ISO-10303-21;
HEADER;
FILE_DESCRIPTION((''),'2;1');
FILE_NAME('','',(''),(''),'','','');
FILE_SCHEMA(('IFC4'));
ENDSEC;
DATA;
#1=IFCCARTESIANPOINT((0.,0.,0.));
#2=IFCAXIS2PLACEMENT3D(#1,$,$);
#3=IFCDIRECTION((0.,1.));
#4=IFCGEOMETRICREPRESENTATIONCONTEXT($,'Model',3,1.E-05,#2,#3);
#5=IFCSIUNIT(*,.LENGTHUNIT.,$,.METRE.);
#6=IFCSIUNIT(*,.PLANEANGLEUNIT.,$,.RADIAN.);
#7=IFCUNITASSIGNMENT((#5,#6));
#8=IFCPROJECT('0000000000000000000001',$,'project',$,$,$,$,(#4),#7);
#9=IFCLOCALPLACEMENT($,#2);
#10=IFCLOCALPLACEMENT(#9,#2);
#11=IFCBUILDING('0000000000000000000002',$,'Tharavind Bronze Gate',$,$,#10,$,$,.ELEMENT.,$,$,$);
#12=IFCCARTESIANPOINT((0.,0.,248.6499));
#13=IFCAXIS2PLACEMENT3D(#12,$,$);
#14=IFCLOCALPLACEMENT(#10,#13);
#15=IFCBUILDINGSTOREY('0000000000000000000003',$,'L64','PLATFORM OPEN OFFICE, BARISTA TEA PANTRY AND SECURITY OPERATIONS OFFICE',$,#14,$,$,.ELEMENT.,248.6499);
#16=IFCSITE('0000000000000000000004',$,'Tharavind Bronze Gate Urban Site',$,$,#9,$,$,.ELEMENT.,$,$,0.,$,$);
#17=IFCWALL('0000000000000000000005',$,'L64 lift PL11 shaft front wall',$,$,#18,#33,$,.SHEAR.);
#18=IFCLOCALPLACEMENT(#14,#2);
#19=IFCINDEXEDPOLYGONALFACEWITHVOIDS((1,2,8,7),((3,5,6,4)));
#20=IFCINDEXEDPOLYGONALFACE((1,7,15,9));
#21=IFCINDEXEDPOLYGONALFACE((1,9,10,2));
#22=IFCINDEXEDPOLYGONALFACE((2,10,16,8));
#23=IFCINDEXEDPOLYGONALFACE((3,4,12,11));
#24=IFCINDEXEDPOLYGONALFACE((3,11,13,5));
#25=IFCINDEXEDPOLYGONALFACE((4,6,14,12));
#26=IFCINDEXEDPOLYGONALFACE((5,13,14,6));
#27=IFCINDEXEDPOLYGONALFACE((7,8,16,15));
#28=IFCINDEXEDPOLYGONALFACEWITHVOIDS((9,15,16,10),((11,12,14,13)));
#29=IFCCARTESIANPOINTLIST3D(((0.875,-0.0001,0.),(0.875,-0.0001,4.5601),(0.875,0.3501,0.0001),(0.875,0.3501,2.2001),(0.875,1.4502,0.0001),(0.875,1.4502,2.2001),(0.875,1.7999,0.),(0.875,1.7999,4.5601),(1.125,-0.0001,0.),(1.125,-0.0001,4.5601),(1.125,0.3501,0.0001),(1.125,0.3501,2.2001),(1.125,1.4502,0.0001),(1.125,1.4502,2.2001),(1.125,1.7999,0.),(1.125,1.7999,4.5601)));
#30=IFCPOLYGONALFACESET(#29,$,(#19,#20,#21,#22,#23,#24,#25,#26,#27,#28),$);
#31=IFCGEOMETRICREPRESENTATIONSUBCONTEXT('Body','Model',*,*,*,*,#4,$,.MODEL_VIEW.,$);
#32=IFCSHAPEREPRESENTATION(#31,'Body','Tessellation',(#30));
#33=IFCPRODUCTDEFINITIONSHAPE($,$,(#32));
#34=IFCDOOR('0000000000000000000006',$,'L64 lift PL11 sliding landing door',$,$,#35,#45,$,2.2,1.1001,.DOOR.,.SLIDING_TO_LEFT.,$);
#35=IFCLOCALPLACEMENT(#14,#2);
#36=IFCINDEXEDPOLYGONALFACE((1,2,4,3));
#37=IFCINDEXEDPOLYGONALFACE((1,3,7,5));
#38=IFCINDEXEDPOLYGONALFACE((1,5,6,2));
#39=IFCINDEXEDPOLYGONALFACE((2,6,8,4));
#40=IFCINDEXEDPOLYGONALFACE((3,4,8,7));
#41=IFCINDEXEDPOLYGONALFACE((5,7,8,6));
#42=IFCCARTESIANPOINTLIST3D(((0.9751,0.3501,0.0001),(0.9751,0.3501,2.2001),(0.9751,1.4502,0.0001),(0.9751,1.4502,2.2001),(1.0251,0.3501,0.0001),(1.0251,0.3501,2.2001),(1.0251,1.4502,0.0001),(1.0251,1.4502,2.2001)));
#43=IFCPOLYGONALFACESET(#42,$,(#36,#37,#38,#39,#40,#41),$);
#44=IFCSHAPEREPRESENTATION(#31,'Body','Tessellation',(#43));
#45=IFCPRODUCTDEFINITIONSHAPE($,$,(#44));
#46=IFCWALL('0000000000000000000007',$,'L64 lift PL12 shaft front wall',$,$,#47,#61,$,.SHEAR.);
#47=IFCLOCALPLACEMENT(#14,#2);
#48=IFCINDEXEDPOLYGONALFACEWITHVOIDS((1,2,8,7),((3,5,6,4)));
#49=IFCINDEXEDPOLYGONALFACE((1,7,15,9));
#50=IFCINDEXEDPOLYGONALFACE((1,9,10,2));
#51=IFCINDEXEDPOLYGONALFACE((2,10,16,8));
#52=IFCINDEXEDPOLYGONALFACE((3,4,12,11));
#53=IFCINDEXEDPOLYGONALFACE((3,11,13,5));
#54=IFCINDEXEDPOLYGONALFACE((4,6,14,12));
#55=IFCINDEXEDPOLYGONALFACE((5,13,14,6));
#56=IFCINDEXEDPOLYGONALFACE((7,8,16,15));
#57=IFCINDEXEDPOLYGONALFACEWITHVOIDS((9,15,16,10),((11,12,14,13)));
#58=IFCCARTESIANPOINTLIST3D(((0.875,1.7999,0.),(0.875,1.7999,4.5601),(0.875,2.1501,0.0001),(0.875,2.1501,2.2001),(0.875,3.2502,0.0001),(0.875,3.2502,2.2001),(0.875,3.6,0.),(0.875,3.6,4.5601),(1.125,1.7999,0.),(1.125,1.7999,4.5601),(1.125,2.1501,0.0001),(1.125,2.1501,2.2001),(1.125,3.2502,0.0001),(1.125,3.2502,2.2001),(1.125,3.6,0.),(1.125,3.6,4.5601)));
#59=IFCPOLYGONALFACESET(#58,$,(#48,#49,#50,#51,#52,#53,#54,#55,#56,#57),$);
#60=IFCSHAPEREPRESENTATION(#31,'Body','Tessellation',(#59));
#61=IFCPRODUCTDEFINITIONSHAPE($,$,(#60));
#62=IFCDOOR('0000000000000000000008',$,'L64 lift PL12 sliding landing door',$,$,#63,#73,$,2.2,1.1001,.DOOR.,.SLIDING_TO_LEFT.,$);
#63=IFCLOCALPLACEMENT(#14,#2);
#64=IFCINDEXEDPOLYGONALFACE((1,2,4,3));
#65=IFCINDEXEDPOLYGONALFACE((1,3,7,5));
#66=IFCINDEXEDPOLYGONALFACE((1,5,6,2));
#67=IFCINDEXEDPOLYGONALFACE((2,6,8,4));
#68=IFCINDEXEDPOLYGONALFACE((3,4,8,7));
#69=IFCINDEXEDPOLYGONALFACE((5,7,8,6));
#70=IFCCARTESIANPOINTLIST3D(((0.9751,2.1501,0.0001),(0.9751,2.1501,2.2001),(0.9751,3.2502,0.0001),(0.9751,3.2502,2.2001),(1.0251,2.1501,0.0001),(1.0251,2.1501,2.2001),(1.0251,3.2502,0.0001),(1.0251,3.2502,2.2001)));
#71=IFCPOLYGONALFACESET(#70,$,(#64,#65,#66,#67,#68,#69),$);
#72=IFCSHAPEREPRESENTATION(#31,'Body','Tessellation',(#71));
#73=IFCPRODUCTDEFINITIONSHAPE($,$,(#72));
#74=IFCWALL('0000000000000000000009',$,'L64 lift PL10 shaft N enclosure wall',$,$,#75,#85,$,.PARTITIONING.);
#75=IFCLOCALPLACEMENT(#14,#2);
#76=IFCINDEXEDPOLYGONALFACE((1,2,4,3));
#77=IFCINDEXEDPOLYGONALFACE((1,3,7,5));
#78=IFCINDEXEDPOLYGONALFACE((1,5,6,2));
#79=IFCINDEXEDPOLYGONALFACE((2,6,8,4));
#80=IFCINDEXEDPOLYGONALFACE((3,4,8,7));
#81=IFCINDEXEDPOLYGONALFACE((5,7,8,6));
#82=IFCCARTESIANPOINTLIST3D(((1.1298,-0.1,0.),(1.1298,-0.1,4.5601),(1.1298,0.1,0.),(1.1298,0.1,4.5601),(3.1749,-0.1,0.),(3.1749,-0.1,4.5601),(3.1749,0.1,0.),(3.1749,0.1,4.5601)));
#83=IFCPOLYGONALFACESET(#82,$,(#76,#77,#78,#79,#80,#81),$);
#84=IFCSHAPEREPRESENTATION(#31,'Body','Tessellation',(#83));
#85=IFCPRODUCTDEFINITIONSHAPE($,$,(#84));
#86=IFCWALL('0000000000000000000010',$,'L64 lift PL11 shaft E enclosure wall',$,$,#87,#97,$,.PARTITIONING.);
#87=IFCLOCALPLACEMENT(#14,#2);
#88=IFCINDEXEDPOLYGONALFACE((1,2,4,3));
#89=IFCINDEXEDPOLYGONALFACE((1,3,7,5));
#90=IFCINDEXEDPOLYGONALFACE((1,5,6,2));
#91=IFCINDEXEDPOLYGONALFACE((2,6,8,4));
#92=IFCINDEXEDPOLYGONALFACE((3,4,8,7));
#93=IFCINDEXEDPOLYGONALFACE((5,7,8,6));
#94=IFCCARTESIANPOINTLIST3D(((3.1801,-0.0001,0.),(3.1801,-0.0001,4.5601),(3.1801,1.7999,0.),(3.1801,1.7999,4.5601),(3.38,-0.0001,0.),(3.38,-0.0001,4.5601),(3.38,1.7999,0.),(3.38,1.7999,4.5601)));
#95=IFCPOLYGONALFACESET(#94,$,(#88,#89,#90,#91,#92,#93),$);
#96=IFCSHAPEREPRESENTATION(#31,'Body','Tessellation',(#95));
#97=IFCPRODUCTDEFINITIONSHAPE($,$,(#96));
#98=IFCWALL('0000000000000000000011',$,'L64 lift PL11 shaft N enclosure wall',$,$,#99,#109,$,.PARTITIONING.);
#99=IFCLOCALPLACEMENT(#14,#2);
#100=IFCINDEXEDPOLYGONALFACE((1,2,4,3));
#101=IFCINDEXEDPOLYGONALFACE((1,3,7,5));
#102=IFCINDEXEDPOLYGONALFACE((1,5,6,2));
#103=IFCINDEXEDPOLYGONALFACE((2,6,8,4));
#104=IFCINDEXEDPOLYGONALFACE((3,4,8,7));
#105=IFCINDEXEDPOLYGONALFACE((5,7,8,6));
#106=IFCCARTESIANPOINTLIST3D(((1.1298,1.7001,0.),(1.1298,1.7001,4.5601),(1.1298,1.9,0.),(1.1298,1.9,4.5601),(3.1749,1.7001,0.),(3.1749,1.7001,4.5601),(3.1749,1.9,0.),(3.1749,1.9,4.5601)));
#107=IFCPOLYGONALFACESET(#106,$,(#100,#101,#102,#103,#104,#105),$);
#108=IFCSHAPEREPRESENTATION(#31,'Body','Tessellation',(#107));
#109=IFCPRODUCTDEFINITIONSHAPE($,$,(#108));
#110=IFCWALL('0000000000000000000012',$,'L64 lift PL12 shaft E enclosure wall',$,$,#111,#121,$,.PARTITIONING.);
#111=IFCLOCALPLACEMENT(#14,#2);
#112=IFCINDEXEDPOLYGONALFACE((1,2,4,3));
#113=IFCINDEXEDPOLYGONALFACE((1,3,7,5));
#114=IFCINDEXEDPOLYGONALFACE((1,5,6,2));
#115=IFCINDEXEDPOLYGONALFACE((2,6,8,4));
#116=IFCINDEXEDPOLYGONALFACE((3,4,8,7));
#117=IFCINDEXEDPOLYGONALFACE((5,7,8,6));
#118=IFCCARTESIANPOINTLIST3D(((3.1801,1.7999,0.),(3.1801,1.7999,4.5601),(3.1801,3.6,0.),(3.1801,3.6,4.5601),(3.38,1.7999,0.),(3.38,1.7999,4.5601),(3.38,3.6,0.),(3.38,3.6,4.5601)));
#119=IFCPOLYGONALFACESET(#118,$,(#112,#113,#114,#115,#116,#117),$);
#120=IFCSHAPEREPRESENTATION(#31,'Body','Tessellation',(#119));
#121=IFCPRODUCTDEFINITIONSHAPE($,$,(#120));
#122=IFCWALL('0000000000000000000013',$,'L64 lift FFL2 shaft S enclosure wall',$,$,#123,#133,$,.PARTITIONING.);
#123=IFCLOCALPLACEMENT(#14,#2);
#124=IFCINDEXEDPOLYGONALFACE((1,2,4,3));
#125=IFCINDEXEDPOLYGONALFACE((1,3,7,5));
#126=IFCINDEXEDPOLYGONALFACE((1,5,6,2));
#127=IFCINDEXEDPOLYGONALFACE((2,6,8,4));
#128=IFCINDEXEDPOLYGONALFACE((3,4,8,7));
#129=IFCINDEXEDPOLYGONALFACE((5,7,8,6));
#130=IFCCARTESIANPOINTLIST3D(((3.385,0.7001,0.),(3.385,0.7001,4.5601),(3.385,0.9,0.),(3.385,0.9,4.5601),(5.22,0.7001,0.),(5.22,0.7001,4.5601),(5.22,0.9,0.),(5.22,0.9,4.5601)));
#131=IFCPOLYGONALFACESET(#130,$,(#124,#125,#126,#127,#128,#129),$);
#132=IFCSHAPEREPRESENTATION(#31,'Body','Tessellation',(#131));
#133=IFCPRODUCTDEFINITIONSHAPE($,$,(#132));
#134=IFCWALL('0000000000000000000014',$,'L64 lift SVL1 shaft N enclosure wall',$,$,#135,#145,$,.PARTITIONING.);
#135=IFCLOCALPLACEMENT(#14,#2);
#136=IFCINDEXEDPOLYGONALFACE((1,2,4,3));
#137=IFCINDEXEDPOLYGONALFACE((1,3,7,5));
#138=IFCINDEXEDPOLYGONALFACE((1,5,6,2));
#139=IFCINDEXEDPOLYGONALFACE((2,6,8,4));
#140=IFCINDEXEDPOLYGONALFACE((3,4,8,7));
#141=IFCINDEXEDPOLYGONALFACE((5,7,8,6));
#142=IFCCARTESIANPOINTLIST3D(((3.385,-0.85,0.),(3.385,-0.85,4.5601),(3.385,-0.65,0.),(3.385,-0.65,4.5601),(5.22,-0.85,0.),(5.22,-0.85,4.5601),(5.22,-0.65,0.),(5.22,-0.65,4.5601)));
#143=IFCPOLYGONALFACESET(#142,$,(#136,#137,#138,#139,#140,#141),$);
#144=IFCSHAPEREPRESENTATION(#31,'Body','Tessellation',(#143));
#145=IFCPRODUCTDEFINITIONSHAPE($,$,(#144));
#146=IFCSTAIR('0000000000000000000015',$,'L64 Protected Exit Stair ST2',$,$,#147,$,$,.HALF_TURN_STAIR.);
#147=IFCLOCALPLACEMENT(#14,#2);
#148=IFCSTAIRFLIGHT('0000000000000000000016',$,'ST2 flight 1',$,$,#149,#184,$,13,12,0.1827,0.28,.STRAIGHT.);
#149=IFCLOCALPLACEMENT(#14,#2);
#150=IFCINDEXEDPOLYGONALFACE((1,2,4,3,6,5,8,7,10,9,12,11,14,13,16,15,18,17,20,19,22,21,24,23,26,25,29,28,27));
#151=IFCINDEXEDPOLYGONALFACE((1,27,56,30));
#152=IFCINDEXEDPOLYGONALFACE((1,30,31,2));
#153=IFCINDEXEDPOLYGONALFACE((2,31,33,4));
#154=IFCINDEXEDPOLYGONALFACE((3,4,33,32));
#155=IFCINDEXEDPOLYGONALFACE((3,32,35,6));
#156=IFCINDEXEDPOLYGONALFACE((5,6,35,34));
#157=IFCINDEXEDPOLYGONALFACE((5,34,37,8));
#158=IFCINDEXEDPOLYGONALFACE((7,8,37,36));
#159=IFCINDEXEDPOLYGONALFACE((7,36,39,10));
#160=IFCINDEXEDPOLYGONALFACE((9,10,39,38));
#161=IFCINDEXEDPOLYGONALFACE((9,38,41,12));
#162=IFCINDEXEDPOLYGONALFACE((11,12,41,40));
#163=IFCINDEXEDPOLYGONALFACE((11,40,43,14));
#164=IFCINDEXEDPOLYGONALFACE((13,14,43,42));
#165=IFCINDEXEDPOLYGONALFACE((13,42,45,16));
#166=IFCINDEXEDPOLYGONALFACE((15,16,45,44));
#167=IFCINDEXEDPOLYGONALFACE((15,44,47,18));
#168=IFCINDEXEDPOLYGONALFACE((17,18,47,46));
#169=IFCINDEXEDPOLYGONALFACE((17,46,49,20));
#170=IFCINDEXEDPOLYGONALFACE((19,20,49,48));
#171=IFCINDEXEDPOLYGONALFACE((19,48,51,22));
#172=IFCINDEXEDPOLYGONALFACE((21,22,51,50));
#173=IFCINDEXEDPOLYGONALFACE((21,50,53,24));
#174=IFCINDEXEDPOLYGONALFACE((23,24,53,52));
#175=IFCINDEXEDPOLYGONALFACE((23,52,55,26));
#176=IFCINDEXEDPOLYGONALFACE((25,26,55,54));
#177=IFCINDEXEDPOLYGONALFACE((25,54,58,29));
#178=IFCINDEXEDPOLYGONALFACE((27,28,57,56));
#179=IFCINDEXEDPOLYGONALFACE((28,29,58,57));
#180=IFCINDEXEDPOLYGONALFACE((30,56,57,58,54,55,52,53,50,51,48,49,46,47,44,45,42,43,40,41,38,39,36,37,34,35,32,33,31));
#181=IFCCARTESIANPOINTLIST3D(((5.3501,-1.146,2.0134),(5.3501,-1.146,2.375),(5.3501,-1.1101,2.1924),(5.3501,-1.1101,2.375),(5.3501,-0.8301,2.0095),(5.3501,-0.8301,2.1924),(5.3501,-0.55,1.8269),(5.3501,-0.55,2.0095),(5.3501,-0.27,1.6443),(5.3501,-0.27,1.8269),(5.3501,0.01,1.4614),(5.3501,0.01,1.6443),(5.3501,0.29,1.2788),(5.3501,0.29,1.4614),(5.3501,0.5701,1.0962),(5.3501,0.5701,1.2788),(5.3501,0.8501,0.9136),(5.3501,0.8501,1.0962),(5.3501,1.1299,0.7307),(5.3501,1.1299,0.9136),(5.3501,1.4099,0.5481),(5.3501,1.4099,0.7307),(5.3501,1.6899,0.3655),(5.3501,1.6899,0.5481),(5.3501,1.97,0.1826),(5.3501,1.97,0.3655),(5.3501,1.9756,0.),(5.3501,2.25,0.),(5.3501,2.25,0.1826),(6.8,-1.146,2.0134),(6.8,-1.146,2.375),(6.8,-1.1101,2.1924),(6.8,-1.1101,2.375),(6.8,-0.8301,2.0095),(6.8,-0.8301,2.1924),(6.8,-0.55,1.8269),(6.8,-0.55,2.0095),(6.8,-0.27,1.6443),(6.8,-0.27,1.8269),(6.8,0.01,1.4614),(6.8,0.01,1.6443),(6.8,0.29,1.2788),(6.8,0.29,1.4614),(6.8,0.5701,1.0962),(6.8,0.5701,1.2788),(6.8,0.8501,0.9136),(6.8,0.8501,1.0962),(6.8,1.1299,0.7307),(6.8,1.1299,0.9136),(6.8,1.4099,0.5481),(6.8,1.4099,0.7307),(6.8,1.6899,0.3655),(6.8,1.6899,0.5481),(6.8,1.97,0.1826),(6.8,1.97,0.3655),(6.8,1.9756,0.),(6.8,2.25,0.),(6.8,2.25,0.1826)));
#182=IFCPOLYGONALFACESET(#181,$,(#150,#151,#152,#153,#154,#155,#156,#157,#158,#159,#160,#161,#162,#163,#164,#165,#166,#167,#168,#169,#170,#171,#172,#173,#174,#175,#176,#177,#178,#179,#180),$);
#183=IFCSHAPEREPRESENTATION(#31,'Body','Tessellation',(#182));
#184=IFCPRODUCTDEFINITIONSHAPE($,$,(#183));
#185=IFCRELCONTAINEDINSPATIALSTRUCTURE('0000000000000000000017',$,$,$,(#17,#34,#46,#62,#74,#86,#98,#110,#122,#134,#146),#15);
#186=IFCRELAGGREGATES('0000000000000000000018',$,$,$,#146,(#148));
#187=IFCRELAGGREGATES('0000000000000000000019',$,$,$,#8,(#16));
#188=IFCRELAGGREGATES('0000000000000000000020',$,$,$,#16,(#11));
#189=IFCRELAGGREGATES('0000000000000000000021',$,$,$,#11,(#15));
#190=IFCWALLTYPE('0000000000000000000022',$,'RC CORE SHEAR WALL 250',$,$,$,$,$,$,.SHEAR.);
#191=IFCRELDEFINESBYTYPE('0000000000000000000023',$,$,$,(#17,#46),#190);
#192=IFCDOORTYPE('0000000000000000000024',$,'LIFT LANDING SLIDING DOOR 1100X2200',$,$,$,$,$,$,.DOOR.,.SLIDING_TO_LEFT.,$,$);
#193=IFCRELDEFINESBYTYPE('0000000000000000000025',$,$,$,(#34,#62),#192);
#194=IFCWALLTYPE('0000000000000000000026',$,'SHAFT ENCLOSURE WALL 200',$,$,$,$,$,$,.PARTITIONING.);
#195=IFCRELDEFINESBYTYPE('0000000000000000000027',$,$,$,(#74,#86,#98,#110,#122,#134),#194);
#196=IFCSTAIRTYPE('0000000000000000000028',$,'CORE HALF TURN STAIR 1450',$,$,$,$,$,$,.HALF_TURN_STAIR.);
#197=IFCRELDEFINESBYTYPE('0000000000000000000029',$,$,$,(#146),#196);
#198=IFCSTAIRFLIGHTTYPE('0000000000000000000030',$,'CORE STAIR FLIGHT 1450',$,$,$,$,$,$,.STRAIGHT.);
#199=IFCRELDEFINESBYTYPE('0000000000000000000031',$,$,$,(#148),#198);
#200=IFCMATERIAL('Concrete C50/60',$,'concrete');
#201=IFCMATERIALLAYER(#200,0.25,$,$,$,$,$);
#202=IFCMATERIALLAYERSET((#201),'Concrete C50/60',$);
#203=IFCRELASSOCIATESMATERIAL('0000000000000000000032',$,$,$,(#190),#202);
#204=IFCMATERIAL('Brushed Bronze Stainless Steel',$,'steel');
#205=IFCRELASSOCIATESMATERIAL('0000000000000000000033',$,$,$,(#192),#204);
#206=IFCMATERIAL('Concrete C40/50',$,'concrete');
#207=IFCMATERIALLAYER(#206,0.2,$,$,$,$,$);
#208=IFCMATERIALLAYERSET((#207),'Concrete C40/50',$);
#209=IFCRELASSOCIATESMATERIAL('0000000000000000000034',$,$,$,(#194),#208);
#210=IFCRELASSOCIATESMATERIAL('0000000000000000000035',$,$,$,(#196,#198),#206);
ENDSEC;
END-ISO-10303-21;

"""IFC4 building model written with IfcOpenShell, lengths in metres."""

from ifc_helpers import new_model, si_unit, direction, frame, frame_2d, origin, place, context, subcontext, project, spatial, polyline, rectangle, outline, extrude, material, layer, layer_set, type_object, element, fill, aggregate, save


model = new_model("IFC4")

# Units and contexts
model_context = context("Model", 3, precision=1e-05, world=origin(), true_north=direction((0.0, 1.0)))
body_context = subcontext(model_context, "Body", "Model", "MODEL_VIEW")
ifc_project = project(units=[si_unit("LENGTHUNIT", "METRE"), si_unit("PLANEANGLEUNIT", "RADIAN")], contexts=[model_context])

# Site, building, storey
site_placement = place(None, origin())
site = spatial("IfcSite", under=ifc_project, at=site_placement, Name="Tharavind Bronze Gate Urban Site", CompositionType="ELEMENT", RefElevation=0.0)
building_placement = place(site_placement, origin())
building = spatial("IfcBuilding", under=site, at=building_placement, Name="Tharavind Bronze Gate", CompositionType="ELEMENT")
storey_placement = place(building_placement, frame((0.0, 0.0, 248.6499)))
storey = spatial("IfcBuildingStorey", under=building, at=storey_placement, Name="L64", Description="PLATFORM OPEN OFFICE, BARISTA TEA PANTRY AND SECURITY OPERATIONS OFFICE", CompositionType="ELEMENT", Elevation=248.6499)

# Walls, openings, doors
ifc_material_1 = material(Name="Concrete C50/60", Category="concrete")
ifc_layer_1 = layer(ifc_material_1, 0.25)
ifc_layer_set_1 = layer_set([ifc_layer_1], Name="Concrete C50/60")
wall_type_1 = type_object("IfcWallType", Name="RC CORE SHEAR WALL 250", PredefinedType="SHEAR", material=ifc_layer_set_1)
wall_1_placement = place(storey_placement, frame((1.0, 0.0, 0.0), z_axis=(0.0, 0.0, 1.0), x_axis=(0.0, 1.0, 0.0)))
wall_1 = element("IfcWall", 1, at=wall_1_placement, inside=storey, type_object=wall_type_1, Name="L64 lift PL11 shaft front wall", PredefinedType="SHEAR", context=body_context, shape_type="SweptSolid", body=[
    extrude(rectangle(XDim=1.8, YDim=0.25, at=frame_2d((0.8999, 0.0))), origin(), (0.0, 0.0, 1.0), 4.5601),
])
opening_1_placement = place(wall_1_placement, frame((0.3501, 0.0, 0.0)))
opening_1 = element("IfcOpeningElement", 2, at=opening_1_placement, cuts=wall_1, PredefinedType="OPENING", context=body_context, shape_type="SweptSolid", body=[
    extrude(rectangle(XDim=1.1001, YDim=2.2, at=frame_2d((0.55, 1.1001))), frame((0.0, 0.135, 0.0), z_axis=(0.0, -1.0, 0.0), x_axis=(1.0, 0.0, 0.0)), (0.0, 0.0, 1.0), 0.27),
])
ifc_material_2 = material(Name="Brushed Bronze Stainless Steel", Category="steel")
door_type = type_object("IfcDoorType", Name="LIFT LANDING SLIDING DOOR 1100X2200", OperationType="SLIDING_TO_LEFT", PredefinedType="DOOR", material=ifc_material_2)
door_1_placement = place(opening_1_placement, origin())
door_1 = element("IfcDoor", 3, at=door_1_placement, inside=storey, type_object=door_type, Name="L64 lift PL11 sliding landing door", OperationType="SLIDING_TO_LEFT", OverallHeight=2.2, OverallWidth=1.1001, PredefinedType="DOOR", context=body_context, shape_type="SweptSolid", body=[
    extrude(rectangle(XDim=1.1001, YDim=2.2, at=frame_2d((0.55, 1.1001))), frame((0.0, 0.0249, 0.0), z_axis=(0.0, -1.0, 0.0), x_axis=(1.0, 0.0, 0.0)), (0.0, 0.0, 1.0), 0.05),
])
fill(opening_1, door_1)
wall_2_placement = place(storey_placement, frame((1.0, 1.8, 0.0), z_axis=(0.0, 0.0, 1.0), x_axis=(0.0, 1.0, 0.0)))
wall_2 = element("IfcWall", 4, at=wall_2_placement, inside=storey, type_object=wall_type_1, Name="L64 lift PL12 shaft front wall", PredefinedType="SHEAR", context=body_context, shape_type="SweptSolid", body=[
    extrude(rectangle(XDim=1.8, YDim=0.25, at=frame_2d((0.8999, 0.0))), origin(), (0.0, 0.0, 1.0), 4.5601),
])
opening_2_placement = place(wall_2_placement, frame((0.3501, 0.0, 0.0)))
opening_2 = element("IfcOpeningElement", 5, at=opening_2_placement, cuts=wall_2, PredefinedType="OPENING", context=body_context, shape_type="SweptSolid", body=[
    extrude(rectangle(XDim=1.1001, YDim=2.2, at=frame_2d((0.55, 1.1001))), frame((0.0, 0.135, 0.0), z_axis=(0.0, -1.0, 0.0), x_axis=(1.0, 0.0, 0.0)), (0.0, 0.0, 1.0), 0.27),
])
door_2_placement = place(opening_2_placement, origin())
door_2 = element("IfcDoor", 6, at=door_2_placement, inside=storey, type_object=door_type, Name="L64 lift PL12 sliding landing door", OperationType="SLIDING_TO_LEFT", OverallHeight=2.2, OverallWidth=1.1001, PredefinedType="DOOR", context=body_context, shape_type="SweptSolid", body=[
    extrude(rectangle(XDim=1.1001, YDim=2.2, at=frame_2d((0.55, 1.1001))), frame((0.0, 0.0249, 0.0), z_axis=(0.0, -1.0, 0.0), x_axis=(1.0, 0.0, 0.0)), (0.0, 0.0, 1.0), 0.05),
])
fill(opening_2, door_2)

# Walls
ifc_material_3 = material(Name="Concrete C40/50", Category="concrete")
ifc_layer_2 = layer(ifc_material_3, 0.2)
ifc_layer_set_2 = layer_set([ifc_layer_2], Name="Concrete C40/50")
wall_type_2 = type_object("IfcWallType", Name="SHAFT ENCLOSURE WALL 200", PredefinedType="PARTITIONING", material=ifc_layer_set_2)
wall_3_placement = place(storey_placement, frame((1.1299, 0.0, 0.0), z_axis=(0.0, 0.0, 1.0), x_axis=(1.0, 0.0, 0.0)))
element("IfcWall", 7, at=wall_3_placement, inside=storey, type_object=wall_type_2, Name="L64 lift PL10 shaft N enclosure wall", PredefinedType="PARTITIONING", context=body_context, shape_type="SweptSolid", body=[
    extrude(rectangle(XDim=2.0452, YDim=0.2, at=frame_2d((1.0225, 0.0))), origin(), (0.0, 0.0, 1.0), 4.5601),
])
wall_4_placement = place(storey_placement, frame((3.28, 0.0, 0.0), z_axis=(0.0, 0.0, 1.0), x_axis=(0.0, 1.0, 0.0)))
element("IfcWall", 8, at=wall_4_placement, inside=storey, type_object=wall_type_2, Name="L64 lift PL11 shaft E enclosure wall", PredefinedType="PARTITIONING", context=body_context, shape_type="SweptSolid", body=[
    extrude(rectangle(XDim=1.8, YDim=0.2, at=frame_2d((0.8999, 0.0))), origin(), (0.0, 0.0, 1.0), 4.5601),
])
wall_5_placement = place(storey_placement, frame((1.1299, 1.8, 0.0), z_axis=(0.0, 0.0, 1.0), x_axis=(1.0, 0.0, 0.0)))
element("IfcWall", 9, at=wall_5_placement, inside=storey, type_object=wall_type_2, Name="L64 lift PL11 shaft N enclosure wall", PredefinedType="PARTITIONING", context=body_context, shape_type="SweptSolid", body=[
    extrude(rectangle(XDim=2.0452, YDim=0.2, at=frame_2d((1.0225, 0.0))), origin(), (0.0, 0.0, 1.0), 4.5601),
])
wall_6_placement = place(storey_placement, frame((3.28, 1.8, 0.0), z_axis=(0.0, 0.0, 1.0), x_axis=(0.0, 1.0, 0.0)))
element("IfcWall", 10, at=wall_6_placement, inside=storey, type_object=wall_type_2, Name="L64 lift PL12 shaft E enclosure wall", PredefinedType="PARTITIONING", context=body_context, shape_type="SweptSolid", body=[
    extrude(rectangle(XDim=1.8, YDim=0.2, at=frame_2d((0.8999, 0.0))), origin(), (0.0, 0.0, 1.0), 4.5601),
])
for number, where, z_axis, x_axis, name in (
    (11, (3.385, 0.8, 0.0), (0.0, 0.0, 1.0), (1.0, 0.0, 0.0), "L64 lift FFL2 shaft S enclosure wall"),
    (12, (3.385, -0.75, 0.0), (0.0, 0.0, 1.0), (1.0, 0.0, 0.0), "L64 lift SVL1 shaft N enclosure wall"),
):
    element("IfcWall", number, at=place(storey_placement, frame(where, z_axis=z_axis, x_axis=x_axis)), inside=storey, type_object=wall_type_2, Name=name, PredefinedType="PARTITIONING", context=body_context, shape_type="SweptSolid", body=[
        extrude(rectangle(XDim=1.835, YDim=0.2, at=frame_2d((0.9175, 0.0))), origin(), (0.0, 0.0, 1.0), 4.5601),
    ])

# Stair, stair flight
stair_type = type_object("IfcStairType", Name="CORE HALF TURN STAIR 1450", PredefinedType="HALF_TURN_STAIR", material=ifc_material_3)
stair_placement = place(storey_placement, origin())
stair = element("IfcStair", 13, at=stair_placement, inside=storey, type_object=stair_type, Name="L64 Protected Exit Stair ST2", PredefinedType="HALF_TURN_STAIR")
stair_flight_type = type_object("IfcStairFlightType", Name="CORE STAIR FLIGHT 1450", PredefinedType="STRAIGHT", material=ifc_material_3)
stair_flight_1_placement = place(storey_placement, frame((6.075, 2.25, 0.0), z_axis=(0.0, 0.0, 1.0), x_axis=(0.0, -1.0, 0.0)))
stair_flight_1 = element("IfcStairFlight", 14, at=stair_flight_1_placement, type_object=stair_flight_type, Name="ST2 flight 1", NumberOfRisers=13, NumberOfTreads=12, PredefinedType="STRAIGHT", RiserHeight=0.1827, TreadLength=0.28, context=body_context, shape_type="SweptSolid", body=[
    extrude(outline(polyline([(0.0, 0.0), (0.0, 0.1826), (0.28, 0.1826), (0.28, 0.3655), (0.5601, 0.3655), (0.5601, 0.5481), (0.8401, 0.5481), (0.8401, 0.7307), (1.1201, 0.7307), (1.1201, 0.9136), (1.3999, 0.9136), (1.3999, 1.0962), (1.6799, 1.0962), (1.6799, 1.2788), (1.96, 1.2788), (1.96, 1.4614), (2.24, 1.4614), (2.24, 1.6443), (2.52, 1.6443), (2.52, 1.8269), (2.8, 1.8269), (2.8, 2.0095), (3.0801, 2.0095), (3.0801, 2.1924), (3.3601, 2.1924), (3.3601, 2.375), (3.396, 2.375), (3.396, 2.0134), (0.2744, 0.0), (0.0, 0.0)])), frame((0.0, 0.7251, 0.0), z_axis=(0.0, -1.0, 0.0), x_axis=(1.0, 0.0, 0.0)), (0.0, 0.0, 1.0), 1.45),
])
aggregate(stair, [stair_flight_1])

save(model, "model.ifc")
